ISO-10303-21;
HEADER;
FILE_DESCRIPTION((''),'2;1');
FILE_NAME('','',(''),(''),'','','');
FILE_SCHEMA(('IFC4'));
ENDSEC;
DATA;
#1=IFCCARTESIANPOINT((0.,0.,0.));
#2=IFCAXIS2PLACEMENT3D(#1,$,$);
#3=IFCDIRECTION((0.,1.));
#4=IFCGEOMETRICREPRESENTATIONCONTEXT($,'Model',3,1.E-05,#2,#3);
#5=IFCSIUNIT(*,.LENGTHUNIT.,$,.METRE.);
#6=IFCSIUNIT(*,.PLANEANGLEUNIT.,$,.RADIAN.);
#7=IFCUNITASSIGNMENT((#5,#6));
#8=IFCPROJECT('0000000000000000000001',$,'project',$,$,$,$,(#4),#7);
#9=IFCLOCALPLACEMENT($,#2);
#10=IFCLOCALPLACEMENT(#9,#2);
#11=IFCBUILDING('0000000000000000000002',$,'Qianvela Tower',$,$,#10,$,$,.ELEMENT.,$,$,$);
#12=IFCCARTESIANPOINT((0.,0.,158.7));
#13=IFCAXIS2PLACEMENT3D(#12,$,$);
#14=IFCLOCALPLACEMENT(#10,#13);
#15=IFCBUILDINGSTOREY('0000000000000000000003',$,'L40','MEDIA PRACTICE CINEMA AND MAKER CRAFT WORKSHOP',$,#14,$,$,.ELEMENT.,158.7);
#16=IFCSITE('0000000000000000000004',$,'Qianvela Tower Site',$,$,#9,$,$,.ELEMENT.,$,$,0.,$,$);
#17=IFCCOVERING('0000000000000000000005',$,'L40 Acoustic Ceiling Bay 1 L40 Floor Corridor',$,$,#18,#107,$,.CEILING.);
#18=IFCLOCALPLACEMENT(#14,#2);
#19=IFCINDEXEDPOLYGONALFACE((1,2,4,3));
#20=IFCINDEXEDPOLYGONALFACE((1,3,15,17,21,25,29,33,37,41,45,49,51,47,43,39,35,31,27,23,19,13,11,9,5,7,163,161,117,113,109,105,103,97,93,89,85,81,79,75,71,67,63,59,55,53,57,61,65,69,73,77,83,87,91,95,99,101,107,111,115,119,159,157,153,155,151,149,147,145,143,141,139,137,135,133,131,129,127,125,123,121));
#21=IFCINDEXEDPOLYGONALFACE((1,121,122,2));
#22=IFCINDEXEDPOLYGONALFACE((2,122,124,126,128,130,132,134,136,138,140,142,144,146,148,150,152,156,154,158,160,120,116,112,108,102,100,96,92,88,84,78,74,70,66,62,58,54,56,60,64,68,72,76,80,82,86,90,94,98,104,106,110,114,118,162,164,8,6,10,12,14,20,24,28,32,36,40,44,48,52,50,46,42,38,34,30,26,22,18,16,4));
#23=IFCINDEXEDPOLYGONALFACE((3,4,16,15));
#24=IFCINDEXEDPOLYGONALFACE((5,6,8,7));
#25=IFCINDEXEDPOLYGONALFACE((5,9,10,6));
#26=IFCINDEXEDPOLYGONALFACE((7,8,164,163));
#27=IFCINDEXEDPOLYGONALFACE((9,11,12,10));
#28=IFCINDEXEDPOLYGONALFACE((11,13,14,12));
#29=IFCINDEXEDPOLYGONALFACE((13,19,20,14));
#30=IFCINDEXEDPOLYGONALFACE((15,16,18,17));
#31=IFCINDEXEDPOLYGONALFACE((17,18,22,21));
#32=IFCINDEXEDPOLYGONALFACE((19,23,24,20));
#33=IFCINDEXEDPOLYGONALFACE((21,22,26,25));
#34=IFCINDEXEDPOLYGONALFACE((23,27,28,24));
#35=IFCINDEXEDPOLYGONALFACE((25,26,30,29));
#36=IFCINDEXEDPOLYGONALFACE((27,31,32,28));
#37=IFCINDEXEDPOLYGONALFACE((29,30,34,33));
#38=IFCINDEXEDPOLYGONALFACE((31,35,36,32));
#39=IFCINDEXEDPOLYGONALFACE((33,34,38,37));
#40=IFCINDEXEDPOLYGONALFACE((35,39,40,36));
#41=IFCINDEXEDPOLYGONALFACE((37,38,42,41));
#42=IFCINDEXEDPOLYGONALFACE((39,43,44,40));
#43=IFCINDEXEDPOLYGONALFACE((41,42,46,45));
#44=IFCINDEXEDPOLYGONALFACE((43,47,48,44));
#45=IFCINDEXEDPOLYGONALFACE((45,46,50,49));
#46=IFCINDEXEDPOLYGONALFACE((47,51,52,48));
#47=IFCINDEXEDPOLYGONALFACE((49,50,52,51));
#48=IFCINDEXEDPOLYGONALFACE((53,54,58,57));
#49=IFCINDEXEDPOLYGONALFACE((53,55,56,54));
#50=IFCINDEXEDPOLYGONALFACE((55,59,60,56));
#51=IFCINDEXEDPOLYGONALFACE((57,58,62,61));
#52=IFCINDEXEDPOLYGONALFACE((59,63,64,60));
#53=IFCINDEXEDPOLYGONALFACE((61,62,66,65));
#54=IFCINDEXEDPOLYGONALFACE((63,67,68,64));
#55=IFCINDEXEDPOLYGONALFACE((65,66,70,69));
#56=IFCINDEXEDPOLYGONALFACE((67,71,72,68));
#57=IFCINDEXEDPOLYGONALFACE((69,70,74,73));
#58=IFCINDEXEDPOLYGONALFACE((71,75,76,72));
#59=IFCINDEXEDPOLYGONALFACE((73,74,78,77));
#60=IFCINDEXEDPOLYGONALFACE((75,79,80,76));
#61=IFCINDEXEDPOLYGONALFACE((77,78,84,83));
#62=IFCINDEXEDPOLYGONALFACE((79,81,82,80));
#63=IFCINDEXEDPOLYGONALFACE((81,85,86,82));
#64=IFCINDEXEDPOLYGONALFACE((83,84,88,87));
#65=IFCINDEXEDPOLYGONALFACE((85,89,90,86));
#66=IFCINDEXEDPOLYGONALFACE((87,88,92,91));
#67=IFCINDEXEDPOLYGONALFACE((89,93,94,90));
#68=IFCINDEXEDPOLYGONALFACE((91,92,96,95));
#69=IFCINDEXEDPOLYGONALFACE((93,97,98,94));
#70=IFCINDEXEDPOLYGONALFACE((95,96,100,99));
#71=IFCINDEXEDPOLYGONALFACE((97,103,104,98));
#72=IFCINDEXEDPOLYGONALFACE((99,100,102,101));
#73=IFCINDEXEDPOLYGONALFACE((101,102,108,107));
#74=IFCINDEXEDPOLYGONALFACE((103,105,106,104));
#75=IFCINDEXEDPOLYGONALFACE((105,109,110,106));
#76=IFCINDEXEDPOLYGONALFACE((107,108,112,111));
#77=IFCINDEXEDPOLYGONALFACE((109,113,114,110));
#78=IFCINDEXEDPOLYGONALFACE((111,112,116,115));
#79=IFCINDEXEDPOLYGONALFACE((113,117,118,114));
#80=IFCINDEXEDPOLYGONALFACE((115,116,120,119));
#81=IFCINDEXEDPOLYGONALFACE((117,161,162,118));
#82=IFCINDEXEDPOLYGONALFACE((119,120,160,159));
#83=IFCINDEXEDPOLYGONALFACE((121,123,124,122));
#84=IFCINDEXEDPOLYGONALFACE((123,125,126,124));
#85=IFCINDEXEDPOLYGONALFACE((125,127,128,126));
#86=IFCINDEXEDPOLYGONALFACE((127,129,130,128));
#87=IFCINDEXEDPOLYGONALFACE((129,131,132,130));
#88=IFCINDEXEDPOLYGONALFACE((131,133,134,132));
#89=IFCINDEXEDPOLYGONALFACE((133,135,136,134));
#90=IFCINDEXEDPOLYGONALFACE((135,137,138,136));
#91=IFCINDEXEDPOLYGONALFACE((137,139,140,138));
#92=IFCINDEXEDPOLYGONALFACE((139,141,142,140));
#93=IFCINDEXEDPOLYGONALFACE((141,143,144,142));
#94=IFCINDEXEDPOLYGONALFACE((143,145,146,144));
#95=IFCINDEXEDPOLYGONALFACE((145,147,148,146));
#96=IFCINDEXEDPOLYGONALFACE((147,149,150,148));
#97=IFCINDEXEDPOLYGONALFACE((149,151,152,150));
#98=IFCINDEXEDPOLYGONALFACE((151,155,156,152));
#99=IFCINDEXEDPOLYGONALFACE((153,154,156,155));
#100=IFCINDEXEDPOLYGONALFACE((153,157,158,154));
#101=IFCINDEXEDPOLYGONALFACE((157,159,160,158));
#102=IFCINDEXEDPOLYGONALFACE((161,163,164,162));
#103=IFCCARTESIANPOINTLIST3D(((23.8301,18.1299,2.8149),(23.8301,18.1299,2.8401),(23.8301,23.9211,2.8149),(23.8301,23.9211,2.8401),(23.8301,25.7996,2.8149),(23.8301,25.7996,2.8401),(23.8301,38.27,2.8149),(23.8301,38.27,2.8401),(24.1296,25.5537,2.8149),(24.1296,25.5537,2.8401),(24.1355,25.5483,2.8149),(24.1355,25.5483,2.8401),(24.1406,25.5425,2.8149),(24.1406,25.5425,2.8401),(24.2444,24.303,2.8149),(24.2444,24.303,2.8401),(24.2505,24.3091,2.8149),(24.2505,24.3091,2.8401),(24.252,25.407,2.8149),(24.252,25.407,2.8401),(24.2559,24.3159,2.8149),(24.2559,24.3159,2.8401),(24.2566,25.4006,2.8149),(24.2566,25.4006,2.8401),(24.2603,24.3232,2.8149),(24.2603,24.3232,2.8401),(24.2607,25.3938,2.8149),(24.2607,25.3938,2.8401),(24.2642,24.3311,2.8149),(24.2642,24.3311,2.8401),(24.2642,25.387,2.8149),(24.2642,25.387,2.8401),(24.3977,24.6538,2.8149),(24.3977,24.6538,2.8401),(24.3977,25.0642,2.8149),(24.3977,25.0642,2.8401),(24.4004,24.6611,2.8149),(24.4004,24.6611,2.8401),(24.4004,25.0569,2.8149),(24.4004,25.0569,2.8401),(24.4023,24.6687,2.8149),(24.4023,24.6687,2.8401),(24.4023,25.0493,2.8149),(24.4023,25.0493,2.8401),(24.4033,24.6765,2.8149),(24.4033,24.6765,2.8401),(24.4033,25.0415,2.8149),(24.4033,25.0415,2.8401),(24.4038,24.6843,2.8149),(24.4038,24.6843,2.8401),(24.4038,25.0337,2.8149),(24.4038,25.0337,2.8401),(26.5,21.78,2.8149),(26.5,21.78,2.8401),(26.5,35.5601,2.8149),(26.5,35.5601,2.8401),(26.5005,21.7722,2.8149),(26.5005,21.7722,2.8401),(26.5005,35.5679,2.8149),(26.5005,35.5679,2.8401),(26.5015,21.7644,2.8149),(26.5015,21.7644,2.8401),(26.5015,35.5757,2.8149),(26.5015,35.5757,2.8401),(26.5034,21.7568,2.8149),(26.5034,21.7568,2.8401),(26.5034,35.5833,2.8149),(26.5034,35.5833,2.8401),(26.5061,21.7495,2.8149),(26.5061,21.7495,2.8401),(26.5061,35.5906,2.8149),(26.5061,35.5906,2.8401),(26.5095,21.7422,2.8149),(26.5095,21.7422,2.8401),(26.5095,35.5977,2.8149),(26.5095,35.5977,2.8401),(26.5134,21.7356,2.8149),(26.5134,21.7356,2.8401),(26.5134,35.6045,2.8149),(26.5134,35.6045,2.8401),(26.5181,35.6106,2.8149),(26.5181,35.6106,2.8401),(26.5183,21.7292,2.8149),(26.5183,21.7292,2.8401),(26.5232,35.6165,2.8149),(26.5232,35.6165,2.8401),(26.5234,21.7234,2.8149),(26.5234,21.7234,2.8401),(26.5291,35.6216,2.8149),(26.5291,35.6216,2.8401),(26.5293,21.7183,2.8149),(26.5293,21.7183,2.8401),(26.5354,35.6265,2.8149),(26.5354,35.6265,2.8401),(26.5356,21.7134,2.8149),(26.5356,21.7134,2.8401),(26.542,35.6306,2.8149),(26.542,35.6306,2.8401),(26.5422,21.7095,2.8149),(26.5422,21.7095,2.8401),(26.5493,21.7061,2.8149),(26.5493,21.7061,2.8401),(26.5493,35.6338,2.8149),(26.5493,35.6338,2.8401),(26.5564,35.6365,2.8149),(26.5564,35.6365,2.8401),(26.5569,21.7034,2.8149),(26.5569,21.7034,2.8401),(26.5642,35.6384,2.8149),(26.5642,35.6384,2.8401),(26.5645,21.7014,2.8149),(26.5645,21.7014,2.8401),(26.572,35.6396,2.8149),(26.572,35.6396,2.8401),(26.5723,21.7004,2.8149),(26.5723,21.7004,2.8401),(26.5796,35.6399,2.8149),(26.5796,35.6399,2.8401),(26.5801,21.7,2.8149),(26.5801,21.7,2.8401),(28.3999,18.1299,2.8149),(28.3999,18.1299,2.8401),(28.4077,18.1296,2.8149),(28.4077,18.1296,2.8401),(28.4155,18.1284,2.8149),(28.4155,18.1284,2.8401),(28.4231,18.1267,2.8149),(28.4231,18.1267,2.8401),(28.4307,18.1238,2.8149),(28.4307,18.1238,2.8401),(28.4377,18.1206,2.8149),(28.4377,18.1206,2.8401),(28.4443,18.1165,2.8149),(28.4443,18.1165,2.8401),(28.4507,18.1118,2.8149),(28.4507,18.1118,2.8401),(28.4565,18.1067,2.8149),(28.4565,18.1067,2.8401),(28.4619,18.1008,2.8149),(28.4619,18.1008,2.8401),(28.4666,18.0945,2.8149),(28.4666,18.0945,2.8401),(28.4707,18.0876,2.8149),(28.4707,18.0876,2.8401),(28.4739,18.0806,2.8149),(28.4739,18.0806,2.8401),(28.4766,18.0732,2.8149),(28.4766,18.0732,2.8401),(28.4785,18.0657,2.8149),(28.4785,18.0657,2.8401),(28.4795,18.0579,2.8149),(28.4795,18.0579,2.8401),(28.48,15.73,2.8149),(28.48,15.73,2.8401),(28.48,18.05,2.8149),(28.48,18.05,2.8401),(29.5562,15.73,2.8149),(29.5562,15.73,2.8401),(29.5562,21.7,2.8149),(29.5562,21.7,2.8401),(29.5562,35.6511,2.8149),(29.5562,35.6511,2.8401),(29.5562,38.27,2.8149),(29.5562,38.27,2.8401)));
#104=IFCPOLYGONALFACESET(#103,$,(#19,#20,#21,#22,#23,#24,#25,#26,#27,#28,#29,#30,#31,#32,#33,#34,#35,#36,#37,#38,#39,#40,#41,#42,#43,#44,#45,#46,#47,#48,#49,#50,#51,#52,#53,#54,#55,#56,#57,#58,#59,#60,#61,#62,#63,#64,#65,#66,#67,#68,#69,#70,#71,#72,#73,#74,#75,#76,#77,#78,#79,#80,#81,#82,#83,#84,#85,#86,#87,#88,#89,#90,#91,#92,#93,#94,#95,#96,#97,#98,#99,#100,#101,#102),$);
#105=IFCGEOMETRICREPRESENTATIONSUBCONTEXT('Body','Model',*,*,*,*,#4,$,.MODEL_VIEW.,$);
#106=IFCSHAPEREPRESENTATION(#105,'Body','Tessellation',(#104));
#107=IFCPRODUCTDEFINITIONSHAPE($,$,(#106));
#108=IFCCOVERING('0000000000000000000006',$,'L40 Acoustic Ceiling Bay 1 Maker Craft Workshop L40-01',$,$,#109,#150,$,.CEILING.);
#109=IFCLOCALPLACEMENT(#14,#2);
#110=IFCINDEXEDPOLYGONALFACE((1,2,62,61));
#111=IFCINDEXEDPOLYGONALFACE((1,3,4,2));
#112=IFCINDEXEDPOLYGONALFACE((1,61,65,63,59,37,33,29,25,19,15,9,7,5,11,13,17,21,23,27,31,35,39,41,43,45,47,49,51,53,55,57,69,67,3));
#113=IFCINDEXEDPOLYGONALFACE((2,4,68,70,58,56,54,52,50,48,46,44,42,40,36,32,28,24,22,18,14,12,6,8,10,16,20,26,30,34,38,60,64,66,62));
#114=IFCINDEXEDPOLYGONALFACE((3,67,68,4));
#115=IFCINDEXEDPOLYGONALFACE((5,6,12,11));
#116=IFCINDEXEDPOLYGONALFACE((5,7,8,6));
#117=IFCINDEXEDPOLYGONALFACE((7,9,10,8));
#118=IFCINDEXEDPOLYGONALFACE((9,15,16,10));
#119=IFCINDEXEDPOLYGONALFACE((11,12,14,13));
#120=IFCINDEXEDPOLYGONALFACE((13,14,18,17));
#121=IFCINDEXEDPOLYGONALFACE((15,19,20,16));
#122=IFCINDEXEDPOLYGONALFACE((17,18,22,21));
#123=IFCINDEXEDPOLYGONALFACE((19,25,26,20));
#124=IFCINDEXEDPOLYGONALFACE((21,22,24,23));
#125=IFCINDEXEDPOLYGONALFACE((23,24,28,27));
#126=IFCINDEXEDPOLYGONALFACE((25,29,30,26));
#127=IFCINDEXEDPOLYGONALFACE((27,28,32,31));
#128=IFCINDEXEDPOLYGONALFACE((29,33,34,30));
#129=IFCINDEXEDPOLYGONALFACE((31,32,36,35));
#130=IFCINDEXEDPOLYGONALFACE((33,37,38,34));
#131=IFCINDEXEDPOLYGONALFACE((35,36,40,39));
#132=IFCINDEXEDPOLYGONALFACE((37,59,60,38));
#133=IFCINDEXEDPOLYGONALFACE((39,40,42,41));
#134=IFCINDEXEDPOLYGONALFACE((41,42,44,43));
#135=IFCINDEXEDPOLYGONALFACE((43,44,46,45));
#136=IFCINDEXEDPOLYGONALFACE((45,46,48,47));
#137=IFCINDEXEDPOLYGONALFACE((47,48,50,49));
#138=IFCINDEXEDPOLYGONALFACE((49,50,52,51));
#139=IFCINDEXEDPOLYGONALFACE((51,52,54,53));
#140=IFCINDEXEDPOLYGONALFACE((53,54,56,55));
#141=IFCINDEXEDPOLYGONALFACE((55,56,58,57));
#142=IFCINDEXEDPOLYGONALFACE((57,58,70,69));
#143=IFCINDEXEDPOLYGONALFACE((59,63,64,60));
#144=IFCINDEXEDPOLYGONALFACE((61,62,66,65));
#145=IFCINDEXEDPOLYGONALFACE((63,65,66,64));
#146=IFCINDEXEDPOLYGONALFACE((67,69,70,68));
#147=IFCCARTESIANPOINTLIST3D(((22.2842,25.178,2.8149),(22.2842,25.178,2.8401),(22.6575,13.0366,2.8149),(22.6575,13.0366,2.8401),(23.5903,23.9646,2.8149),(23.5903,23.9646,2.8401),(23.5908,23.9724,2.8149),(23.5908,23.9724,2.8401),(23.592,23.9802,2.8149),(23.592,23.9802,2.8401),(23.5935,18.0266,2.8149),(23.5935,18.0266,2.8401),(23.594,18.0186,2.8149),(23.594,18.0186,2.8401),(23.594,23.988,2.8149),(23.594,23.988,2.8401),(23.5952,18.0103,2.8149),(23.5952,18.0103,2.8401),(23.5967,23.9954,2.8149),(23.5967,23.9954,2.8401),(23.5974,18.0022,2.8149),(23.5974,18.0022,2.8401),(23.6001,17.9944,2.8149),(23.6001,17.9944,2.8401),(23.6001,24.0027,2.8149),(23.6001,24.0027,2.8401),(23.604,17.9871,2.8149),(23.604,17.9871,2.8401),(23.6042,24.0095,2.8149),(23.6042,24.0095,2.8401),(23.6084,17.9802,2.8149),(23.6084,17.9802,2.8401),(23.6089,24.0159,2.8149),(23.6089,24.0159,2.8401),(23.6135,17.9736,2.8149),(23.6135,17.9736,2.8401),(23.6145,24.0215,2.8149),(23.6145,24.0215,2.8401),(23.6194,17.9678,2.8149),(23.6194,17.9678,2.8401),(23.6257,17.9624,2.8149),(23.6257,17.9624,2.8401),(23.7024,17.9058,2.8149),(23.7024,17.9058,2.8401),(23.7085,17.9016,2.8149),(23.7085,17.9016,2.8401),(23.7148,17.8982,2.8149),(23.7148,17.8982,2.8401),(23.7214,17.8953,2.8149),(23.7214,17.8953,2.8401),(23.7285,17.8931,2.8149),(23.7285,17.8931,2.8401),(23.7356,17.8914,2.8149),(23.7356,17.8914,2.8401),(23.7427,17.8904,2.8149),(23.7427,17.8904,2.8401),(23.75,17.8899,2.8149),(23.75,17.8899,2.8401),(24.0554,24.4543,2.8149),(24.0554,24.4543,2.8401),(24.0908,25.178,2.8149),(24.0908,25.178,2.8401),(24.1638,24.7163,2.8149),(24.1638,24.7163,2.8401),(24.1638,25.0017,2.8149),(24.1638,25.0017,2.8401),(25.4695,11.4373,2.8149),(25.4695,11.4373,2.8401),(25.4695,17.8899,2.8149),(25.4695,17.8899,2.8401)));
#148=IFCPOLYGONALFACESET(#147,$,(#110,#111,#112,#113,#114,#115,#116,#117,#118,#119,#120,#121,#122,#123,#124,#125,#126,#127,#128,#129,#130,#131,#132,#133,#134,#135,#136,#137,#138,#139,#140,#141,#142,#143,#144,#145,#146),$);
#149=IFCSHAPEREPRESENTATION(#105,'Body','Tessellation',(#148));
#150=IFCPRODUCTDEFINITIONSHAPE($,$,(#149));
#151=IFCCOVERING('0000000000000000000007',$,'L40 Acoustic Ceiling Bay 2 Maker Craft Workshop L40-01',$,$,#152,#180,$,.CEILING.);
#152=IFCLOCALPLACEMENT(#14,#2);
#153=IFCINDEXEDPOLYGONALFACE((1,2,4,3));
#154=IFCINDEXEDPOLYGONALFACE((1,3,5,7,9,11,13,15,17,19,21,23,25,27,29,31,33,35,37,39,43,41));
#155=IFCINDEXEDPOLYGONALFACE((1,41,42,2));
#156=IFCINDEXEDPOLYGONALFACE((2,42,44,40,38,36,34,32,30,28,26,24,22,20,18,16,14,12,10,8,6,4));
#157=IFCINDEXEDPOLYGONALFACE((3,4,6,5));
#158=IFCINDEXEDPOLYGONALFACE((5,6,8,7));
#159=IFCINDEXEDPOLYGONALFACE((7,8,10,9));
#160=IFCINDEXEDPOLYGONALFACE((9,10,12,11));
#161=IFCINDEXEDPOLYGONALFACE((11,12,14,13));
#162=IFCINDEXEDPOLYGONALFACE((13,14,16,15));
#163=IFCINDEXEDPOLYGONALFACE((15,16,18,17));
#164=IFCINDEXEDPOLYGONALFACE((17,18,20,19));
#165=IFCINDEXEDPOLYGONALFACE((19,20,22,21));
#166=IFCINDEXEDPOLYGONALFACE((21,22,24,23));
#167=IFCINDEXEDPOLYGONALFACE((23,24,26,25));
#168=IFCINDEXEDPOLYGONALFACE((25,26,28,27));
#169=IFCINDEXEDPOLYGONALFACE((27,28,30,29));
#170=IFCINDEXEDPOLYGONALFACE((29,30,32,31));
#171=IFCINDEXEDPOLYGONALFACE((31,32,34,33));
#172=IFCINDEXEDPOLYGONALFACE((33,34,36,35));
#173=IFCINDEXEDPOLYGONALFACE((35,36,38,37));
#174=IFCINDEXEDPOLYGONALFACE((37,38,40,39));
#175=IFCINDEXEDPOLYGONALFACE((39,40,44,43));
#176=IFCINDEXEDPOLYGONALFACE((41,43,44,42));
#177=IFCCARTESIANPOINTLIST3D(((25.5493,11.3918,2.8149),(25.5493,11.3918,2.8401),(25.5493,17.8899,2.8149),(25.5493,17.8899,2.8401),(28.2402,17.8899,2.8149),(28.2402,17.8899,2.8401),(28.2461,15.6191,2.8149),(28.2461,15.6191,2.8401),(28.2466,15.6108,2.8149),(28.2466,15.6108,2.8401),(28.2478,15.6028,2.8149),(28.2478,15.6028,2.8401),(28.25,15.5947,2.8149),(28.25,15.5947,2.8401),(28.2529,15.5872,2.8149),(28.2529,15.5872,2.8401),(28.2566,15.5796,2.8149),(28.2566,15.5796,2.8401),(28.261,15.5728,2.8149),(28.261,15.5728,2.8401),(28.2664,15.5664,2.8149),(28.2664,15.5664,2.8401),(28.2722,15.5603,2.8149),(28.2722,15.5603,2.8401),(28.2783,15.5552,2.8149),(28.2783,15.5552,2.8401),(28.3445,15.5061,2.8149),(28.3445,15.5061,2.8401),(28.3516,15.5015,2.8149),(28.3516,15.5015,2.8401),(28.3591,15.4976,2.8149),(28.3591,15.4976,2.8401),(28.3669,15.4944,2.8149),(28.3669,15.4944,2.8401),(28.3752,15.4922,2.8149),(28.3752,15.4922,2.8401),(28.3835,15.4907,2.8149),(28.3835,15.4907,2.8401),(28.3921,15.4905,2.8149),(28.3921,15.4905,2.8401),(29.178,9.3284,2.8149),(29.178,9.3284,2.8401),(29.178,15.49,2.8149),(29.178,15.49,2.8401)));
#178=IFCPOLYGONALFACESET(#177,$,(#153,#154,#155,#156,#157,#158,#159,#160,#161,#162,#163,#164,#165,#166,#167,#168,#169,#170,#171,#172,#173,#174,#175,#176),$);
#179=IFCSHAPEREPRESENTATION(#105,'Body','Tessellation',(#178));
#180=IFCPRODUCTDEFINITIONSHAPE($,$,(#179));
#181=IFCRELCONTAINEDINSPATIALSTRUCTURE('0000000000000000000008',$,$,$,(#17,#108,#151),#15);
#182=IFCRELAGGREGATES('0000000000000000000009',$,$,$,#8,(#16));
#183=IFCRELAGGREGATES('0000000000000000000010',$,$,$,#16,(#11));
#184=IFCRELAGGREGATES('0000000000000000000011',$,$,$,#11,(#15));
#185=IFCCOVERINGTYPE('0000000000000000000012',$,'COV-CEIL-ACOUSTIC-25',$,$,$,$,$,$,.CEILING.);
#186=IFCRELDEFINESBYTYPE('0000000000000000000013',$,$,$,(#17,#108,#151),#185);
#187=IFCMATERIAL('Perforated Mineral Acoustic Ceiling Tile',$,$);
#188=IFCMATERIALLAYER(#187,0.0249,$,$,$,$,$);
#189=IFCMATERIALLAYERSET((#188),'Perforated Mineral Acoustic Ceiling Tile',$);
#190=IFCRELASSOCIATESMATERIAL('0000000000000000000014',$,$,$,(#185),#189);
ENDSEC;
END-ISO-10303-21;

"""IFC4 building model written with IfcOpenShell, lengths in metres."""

from ifc_helpers import new_model, si_unit, direction, frame, origin, place, context, subcontext, project, spatial, polyline, outline, extrude, material, layer, layer_set, type_object, element, save


model = new_model("IFC4")

# Units and contexts
model_context = context("Model", 3, precision=1e-05, world=origin(), true_north=direction((0.0, 1.0)))
body_context = subcontext(model_context, "Body", "Model", "MODEL_VIEW")
ifc_project = project(units=[si_unit("LENGTHUNIT", "METRE"), si_unit("PLANEANGLEUNIT", "RADIAN")], contexts=[model_context])

# Site, building, storey
site_placement = place(None, origin())
site = spatial("IfcSite", under=ifc_project, at=site_placement, Name="Qianvela Tower Site", CompositionType="ELEMENT", RefElevation=0.0)
building_placement = place(site_placement, origin())
building = spatial("IfcBuilding", under=site, at=building_placement, Name="Qianvela Tower", CompositionType="ELEMENT")
storey_placement = place(building_placement, frame((0.0, 0.0, 158.7)))
storey = spatial("IfcBuildingStorey", under=building, at=storey_placement, Name="L40", Description="MEDIA PRACTICE CINEMA AND MAKER CRAFT WORKSHOP", CompositionType="ELEMENT", Elevation=158.7)

# Coverings
ifc_material_1 = material(Name="Perforated Mineral Acoustic Ceiling Tile")
ifc_layer_1 = layer(ifc_material_1, 0.0249)
ifc_layer_set_1 = layer_set([ifc_layer_1], Name="Perforated Mineral Acoustic Ceiling Tile")
covering_type_1 = type_object("IfcCoveringType", Name="COV-CEIL-ACOUSTIC-25", PredefinedType="CEILING", material=ifc_layer_set_1)
covering_1_placement = place(storey_placement, frame((0.0, 0.0, 2.8149)))
element("IfcCovering", 1, at=covering_1_placement, inside=storey, type_object=covering_type_1, Name="L40 Acoustic Ceiling Bay 1 L40 Floor Corridor", PredefinedType="CEILING", context=body_context, shape_type="SweptSolid", body=[
    extrude(outline(polyline([(24.4033, 25.0415), (24.4023, 25.0493), (24.4004, 25.0569), (24.3977, 25.0642), (24.2642, 25.387), (24.2607, 25.3938), (24.2566, 25.4006), (24.252, 25.407), (24.1406, 25.5425), (24.1355, 25.5483), (24.1296, 25.5537), (23.8301, 25.7996), (23.8301, 38.27), (29.5562, 38.27), (29.5562, 35.6511), (26.5796, 35.6399), (26.572, 35.6396), (26.5642, 35.6384), (26.5564, 35.6365), (26.5493, 35.6338), (26.542, 35.6306), (26.5354, 35.6265), (26.5291, 35.6216), (26.5232, 35.6165), (26.5181, 35.6106), (26.5134, 35.6045), (26.5095, 35.5977), (26.5061, 35.5906), (26.5034, 35.5833), (26.5015, 35.5757), (26.5005, 35.5679), (26.5, 35.5601), (26.5, 21.78), (26.5005, 21.7722), (26.5015, 21.7644), (26.5034, 21.7568), (26.5061, 21.7495), (26.5095, 21.7422), (26.5134, 21.7356), (26.5183, 21.7292), (26.5234, 21.7234), (26.5293, 21.7183), (26.5356, 21.7134), (26.5422, 21.7095), (26.5493, 21.7061), (26.5569, 21.7034), (26.5645, 21.7014), (26.5723, 21.7004), (26.5801, 21.7), (29.5562, 21.7), (29.5562, 15.73), (28.48, 15.73), (28.48, 18.05), (28.4795, 18.0579), (28.4785, 18.0657), (28.4766, 18.0732), (28.4739, 18.0806), (28.4707, 18.0876), (28.4666, 18.0945), (28.4619, 18.1008), (28.4565, 18.1067), (28.4507, 18.1118), (28.4443, 18.1165), (28.4377, 18.1206), (28.4307, 18.1238), (28.4231, 18.1267), (28.4155, 18.1284), (28.4077, 18.1296), (28.3999, 18.1299), (23.8301, 18.1299), (23.8301, 23.9211), (24.2444, 24.303), (24.2505, 24.3091), (24.2559, 24.3159), (24.2603, 24.3232), (24.2642, 24.3311), (24.3977, 24.6538), (24.4004, 24.6611), (24.4023, 24.6687), (24.4033, 24.6765), (24.4038, 24.6843), (24.4038, 25.0337), (24.4033, 25.0415)])), origin(), (0.0, 0.0, 1.0), 0.0251),
])
covering_2_placement = place(storey_placement, frame((0.0, 0.0, 2.8149)))
element("IfcCovering", 2, at=covering_2_placement, inside=storey, type_object=covering_type_1, Name="L40 Acoustic Ceiling Bay 1 Maker Craft Workshop L40-01", PredefinedType="CEILING", context=body_context, shape_type="SweptSolid", body=[
    extrude(outline(polyline([(24.0908, 25.178), (24.1638, 25.0017), (24.1638, 24.7163), (24.0554, 24.4543), (23.6145, 24.0215), (23.6089, 24.0159), (23.6042, 24.0095), (23.6001, 24.0027), (23.5967, 23.9954), (23.594, 23.988), (23.592, 23.9802), (23.5908, 23.9724), (23.5903, 23.9646), (23.5935, 18.0266), (23.594, 18.0186), (23.5952, 18.0103), (23.5974, 18.0022), (23.6001, 17.9944), (23.604, 17.9871), (23.6084, 17.9802), (23.6135, 17.9736), (23.6194, 17.9678), (23.6257, 17.9624), (23.7024, 17.9058), (23.7085, 17.9016), (23.7148, 17.8982), (23.7214, 17.8953), (23.7285, 17.8931), (23.7356, 17.8914), (23.7427, 17.8904), (23.75, 17.8899), (25.4695, 17.8899), (25.4695, 11.4373), (22.6575, 13.0366), (22.2842, 25.178), (24.0908, 25.178)])), origin(), (0.0, 0.0, 1.0), 0.0251),
])
covering_3_placement = place(storey_placement, frame((0.0, 0.0, 2.8149)))
element("IfcCovering", 3, at=covering_3_placement, inside=storey, type_object=covering_type_1, Name="L40 Acoustic Ceiling Bay 2 Maker Craft Workshop L40-01", PredefinedType="CEILING", context=body_context, shape_type="SweptSolid", body=[
    extrude(outline(polyline([(28.2402, 17.8899), (28.2461, 15.6191), (28.2466, 15.6108), (28.2478, 15.6028), (28.25, 15.5947), (28.2529, 15.5872), (28.2566, 15.5796), (28.261, 15.5728), (28.2664, 15.5664), (28.2722, 15.5603), (28.2783, 15.5552), (28.3445, 15.5061), (28.3516, 15.5015), (28.3591, 15.4976), (28.3669, 15.4944), (28.3752, 15.4922), (28.3835, 15.4907), (28.3921, 15.4905), (29.178, 15.49), (29.178, 9.3284), (25.5493, 11.3918), (25.5493, 17.8899), (28.2402, 17.8899)])), origin(), (0.0, 0.0, 1.0), 0.0251),
])

save(model, "model.ifc")
